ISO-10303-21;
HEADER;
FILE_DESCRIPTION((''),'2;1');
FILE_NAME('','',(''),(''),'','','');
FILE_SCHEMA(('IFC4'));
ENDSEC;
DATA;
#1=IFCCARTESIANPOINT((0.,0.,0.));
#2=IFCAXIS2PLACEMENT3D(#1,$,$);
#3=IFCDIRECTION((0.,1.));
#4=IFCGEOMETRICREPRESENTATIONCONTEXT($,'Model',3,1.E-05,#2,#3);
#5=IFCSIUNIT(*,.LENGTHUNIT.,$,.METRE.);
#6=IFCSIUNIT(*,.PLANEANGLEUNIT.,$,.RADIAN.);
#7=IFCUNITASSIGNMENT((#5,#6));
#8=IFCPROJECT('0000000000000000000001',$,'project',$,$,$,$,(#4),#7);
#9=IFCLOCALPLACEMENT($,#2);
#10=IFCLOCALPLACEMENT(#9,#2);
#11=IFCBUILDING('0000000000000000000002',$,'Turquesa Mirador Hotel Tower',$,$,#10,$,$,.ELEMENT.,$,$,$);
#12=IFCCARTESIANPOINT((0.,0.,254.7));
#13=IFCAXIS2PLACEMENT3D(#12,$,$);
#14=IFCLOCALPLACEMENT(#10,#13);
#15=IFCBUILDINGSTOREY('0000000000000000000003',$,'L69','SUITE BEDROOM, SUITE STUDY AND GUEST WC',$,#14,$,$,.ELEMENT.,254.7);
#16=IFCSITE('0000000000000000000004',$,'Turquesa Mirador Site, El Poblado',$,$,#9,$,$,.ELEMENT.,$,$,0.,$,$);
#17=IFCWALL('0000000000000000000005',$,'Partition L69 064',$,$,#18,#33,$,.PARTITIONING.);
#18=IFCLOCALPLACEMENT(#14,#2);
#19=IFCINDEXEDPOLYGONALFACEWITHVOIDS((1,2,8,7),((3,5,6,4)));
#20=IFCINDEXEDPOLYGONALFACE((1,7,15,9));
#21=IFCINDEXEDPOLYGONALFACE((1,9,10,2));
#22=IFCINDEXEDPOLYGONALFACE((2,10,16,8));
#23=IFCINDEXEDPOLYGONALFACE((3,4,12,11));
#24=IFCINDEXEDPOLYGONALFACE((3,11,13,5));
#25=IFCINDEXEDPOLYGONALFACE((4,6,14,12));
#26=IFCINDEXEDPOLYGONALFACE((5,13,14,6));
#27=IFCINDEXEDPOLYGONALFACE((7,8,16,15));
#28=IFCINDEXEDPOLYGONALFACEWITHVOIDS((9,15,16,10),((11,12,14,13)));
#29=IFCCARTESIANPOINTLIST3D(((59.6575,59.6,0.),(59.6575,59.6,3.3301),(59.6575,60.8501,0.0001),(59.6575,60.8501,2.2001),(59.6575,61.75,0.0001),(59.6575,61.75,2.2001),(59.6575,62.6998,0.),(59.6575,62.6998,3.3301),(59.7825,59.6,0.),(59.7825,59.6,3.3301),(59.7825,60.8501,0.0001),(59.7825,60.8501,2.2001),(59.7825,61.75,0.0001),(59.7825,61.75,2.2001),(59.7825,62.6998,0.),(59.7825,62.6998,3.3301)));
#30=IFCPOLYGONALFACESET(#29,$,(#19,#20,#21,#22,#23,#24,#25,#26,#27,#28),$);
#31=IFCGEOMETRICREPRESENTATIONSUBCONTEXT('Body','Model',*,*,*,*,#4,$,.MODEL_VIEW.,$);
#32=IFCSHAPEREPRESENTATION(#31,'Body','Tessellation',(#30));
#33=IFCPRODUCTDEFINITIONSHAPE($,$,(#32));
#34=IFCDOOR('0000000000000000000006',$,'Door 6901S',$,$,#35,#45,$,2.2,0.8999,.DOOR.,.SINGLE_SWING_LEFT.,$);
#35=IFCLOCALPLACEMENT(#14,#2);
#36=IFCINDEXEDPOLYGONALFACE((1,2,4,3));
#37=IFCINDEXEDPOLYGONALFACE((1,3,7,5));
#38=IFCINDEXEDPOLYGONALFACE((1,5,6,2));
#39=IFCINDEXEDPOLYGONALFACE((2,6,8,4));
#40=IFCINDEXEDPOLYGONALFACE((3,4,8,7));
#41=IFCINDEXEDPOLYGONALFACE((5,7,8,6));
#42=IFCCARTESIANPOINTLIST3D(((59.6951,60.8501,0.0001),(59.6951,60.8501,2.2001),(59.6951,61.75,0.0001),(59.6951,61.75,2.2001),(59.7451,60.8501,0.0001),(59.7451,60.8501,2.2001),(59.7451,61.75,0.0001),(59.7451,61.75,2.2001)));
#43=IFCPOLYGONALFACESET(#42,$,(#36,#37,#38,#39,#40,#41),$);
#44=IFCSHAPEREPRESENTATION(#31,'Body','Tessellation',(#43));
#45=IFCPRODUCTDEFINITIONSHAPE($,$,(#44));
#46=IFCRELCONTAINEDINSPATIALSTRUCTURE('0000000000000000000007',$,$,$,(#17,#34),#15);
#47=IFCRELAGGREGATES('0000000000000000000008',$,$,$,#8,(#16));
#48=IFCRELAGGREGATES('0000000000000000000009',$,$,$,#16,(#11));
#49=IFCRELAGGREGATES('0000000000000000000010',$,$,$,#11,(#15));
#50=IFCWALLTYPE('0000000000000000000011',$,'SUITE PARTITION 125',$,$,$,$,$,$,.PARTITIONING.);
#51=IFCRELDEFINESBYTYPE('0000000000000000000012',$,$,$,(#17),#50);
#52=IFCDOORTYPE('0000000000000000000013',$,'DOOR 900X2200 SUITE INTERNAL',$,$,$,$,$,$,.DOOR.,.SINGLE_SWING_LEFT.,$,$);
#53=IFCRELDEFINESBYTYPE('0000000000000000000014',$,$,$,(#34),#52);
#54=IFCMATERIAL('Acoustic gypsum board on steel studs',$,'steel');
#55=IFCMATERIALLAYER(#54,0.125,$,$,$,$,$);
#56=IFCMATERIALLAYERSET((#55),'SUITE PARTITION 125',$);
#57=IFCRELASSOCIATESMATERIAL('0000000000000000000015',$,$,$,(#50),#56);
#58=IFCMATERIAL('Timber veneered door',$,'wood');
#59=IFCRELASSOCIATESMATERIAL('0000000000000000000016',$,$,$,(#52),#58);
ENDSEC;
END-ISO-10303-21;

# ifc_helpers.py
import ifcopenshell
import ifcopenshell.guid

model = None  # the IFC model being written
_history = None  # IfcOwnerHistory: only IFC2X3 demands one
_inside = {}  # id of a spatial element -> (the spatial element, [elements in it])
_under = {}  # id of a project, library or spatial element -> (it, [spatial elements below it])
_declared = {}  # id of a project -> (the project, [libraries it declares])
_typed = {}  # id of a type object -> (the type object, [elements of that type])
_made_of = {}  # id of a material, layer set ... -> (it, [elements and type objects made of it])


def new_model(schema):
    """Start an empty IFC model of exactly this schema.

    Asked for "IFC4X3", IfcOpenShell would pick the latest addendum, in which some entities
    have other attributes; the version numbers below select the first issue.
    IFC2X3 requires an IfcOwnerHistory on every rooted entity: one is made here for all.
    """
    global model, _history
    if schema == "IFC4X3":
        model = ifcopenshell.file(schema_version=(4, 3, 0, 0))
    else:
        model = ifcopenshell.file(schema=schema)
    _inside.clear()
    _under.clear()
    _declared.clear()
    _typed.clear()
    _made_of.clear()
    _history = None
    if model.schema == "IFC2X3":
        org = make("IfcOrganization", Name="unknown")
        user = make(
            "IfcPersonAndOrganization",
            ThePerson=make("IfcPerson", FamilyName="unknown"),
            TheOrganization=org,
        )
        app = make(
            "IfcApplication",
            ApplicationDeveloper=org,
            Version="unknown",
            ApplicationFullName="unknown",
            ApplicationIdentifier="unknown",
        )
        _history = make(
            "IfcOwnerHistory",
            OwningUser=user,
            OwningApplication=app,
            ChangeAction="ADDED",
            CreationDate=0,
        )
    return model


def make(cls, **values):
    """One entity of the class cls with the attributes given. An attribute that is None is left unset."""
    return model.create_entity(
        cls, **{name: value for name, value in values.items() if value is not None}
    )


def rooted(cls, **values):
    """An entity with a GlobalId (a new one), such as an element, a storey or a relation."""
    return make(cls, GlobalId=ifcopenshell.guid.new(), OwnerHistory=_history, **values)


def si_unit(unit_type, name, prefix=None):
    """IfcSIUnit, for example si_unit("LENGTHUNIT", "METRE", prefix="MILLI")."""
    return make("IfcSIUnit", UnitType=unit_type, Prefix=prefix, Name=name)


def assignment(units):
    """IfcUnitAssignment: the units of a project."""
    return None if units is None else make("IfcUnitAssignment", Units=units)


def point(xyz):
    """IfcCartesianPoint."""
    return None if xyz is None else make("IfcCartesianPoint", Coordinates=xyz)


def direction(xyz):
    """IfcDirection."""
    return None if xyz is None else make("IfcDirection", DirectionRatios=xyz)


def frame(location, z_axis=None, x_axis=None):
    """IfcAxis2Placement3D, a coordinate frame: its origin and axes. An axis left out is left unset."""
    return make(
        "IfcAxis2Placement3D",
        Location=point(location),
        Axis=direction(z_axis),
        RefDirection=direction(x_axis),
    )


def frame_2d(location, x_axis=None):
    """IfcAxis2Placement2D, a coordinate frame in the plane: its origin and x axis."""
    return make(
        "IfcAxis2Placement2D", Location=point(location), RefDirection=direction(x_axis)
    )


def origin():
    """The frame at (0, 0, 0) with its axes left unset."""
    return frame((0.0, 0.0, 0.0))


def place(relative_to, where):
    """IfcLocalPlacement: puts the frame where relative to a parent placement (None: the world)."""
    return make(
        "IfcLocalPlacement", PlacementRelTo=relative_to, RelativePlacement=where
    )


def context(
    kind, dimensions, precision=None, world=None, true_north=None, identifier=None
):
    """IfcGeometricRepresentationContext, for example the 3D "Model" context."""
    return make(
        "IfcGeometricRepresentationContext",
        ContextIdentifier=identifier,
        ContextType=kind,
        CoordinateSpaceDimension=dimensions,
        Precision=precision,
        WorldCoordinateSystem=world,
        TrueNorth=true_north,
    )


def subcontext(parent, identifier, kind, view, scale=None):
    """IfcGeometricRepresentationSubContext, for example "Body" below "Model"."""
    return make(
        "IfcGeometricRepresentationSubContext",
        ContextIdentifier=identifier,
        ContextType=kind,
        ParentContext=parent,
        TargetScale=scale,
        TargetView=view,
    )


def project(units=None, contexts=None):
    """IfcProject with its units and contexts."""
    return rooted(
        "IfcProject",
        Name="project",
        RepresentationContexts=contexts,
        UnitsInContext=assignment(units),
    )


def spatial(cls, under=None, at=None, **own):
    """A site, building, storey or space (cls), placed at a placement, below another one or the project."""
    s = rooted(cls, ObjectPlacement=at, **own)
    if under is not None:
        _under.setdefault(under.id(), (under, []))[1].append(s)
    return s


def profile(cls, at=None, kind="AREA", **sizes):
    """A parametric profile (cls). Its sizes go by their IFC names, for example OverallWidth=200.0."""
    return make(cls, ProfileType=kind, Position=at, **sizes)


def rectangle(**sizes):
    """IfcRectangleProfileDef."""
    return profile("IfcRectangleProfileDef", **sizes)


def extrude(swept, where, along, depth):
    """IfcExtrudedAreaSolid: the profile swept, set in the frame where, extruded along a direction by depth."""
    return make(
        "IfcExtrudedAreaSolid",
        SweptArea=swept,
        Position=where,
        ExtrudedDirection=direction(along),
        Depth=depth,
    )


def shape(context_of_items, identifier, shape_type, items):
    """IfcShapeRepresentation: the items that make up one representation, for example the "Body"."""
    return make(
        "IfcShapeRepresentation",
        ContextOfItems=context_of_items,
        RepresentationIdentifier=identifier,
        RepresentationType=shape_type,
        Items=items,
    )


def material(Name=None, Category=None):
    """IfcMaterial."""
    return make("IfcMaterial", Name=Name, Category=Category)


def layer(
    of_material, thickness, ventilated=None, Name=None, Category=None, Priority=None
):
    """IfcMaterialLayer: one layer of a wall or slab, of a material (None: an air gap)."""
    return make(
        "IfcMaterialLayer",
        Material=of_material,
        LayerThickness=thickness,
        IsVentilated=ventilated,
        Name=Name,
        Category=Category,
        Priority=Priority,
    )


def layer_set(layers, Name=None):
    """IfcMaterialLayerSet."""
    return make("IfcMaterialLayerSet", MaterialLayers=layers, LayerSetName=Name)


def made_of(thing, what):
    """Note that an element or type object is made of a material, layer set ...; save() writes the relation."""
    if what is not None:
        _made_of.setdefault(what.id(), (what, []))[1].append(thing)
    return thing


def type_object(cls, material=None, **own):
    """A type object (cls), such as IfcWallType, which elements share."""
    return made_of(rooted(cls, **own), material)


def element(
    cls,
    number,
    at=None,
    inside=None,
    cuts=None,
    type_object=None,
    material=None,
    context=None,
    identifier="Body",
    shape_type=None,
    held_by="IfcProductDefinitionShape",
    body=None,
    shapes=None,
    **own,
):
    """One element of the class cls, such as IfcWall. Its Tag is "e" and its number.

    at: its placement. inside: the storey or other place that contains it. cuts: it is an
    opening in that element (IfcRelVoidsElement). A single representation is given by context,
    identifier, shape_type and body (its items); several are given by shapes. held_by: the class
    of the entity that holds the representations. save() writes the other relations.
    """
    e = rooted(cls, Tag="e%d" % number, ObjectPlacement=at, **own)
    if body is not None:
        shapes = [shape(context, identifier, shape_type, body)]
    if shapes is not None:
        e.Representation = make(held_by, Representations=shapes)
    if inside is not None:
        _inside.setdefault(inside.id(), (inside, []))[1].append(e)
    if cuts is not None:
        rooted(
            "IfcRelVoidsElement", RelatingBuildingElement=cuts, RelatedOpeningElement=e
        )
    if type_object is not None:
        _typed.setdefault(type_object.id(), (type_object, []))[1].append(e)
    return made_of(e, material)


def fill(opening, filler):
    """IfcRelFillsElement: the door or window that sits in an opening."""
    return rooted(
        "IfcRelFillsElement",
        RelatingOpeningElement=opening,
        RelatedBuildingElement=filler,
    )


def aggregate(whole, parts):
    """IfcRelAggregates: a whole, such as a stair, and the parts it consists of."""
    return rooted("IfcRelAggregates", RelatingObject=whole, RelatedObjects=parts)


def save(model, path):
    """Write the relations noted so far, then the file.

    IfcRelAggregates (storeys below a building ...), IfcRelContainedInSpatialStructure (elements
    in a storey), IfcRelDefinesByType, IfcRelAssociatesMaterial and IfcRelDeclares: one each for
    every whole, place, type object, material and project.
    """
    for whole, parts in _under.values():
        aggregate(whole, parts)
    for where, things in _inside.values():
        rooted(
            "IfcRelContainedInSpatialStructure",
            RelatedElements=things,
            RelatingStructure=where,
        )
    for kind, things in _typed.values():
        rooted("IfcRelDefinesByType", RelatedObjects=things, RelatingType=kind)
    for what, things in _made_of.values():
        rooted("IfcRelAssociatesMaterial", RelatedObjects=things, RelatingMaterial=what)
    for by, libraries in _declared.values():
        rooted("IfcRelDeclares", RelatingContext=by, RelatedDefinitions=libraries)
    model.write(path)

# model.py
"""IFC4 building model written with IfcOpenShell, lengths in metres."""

from ifc_helpers import new_model, si_unit, direction, frame, frame_2d, origin, place, context, subcontext, project, spatial, rectangle, extrude, material, layer, layer_set, type_object, element, fill, save


model = new_model("IFC4")

# Units and contexts
model_context = context("Model", 3, precision=1e-05, world=origin(), true_north=direction((0.0, 1.0)))
body_context = subcontext(model_context, "Body", "Model", "MODEL_VIEW")
ifc_project = project(units=[si_unit("LENGTHUNIT", "METRE"), si_unit("PLANEANGLEUNIT", "RADIAN")], contexts=[model_context])

# Site, building, storey
site_placement = place(None, origin())
site = spatial("IfcSite", under=ifc_project, at=site_placement, Name="Turquesa Mirador Site, El Poblado", CompositionType="ELEMENT", RefElevation=0.0)
building_placement = place(site_placement, origin())
building = spatial("IfcBuilding", under=site, at=building_placement, Name="Turquesa Mirador Hotel Tower", CompositionType="ELEMENT")
storey_placement = place(building_placement, frame((0.0, 0.0, 254.7)))
storey = spatial("IfcBuildingStorey", under=building, at=storey_placement, Name="L69", Description="SUITE BEDROOM, SUITE STUDY AND GUEST WC", CompositionType="ELEMENT", Elevation=254.7)

# Wall, opening, door
ifc_material_1 = material(Name="Acoustic gypsum board on steel studs", Category="steel")
ifc_layer_1 = layer(ifc_material_1, 0.125)
ifc_layer_set_1 = layer_set([ifc_layer_1], Name="SUITE PARTITION 125")
wall_type_1 = type_object("IfcWallType", Name="SUITE PARTITION 125", PredefinedType="PARTITIONING", material=ifc_layer_set_1)
ifc_material_2 = material(Name="Timber veneered door", Category="wood")
door_type_1 = type_object("IfcDoorType", Name="DOOR 900X2200 SUITE INTERNAL", OperationType="SINGLE_SWING_LEFT", PredefinedType="DOOR", material=ifc_material_2)
wall_1_placement = place(storey_placement, frame((59.72, 59.6001, 0.0), z_axis=(0.0, 0.0, 1.0), x_axis=(0.0, 1.0, 0.0)))
wall_1 = element("IfcWall", 1, at=wall_1_placement, inside=storey, type_object=wall_type_1, Name="Partition L69 064", PredefinedType="PARTITIONING", context=body_context, shape_type="SweptSolid", body=[
    extrude(rectangle(XDim=3.0999, YDim=0.125, at=frame_2d((1.5498, 0.0))), origin(), (0.0, 0.0, 1.0), 3.3301),
])
opening_1_placement = place(wall_1_placement, frame((1.25, 0.0, 0.0)))
opening_1 = element("IfcOpeningElement", 2, at=opening_1_placement, cuts=wall_1, PredefinedType="OPENING", context=body_context, shape_type="SweptSolid", body=[
    extrude(rectangle(XDim=0.8999, YDim=2.2, at=frame_2d((0.45, 1.1001))), frame((0.0, 0.0725, 0.0), z_axis=(0.0, -1.0, 0.0), x_axis=(1.0, 0.0, 0.0)), (0.0, 0.0, 1.0), 0.145),
])
door_1_placement = place(opening_1_placement, origin())
door_1 = element("IfcDoor", 3, at=door_1_placement, inside=storey, type_object=door_type_1, Name="Door 6901S", OperationType="SINGLE_SWING_LEFT", OverallHeight=2.2, OverallWidth=0.8999, PredefinedType="DOOR", context=body_context, shape_type="SweptSolid", body=[
    extrude(rectangle(XDim=0.8999, YDim=2.2, at=frame_2d((0.45, 1.1001))), frame((0.0, 0.0249, 0.0), z_axis=(0.0, -1.0, 0.0), x_axis=(1.0, 0.0, 0.0)), (0.0, 0.0, 1.0), 0.05),
])
fill(opening_1, door_1)

save(model, "model.ifc")
